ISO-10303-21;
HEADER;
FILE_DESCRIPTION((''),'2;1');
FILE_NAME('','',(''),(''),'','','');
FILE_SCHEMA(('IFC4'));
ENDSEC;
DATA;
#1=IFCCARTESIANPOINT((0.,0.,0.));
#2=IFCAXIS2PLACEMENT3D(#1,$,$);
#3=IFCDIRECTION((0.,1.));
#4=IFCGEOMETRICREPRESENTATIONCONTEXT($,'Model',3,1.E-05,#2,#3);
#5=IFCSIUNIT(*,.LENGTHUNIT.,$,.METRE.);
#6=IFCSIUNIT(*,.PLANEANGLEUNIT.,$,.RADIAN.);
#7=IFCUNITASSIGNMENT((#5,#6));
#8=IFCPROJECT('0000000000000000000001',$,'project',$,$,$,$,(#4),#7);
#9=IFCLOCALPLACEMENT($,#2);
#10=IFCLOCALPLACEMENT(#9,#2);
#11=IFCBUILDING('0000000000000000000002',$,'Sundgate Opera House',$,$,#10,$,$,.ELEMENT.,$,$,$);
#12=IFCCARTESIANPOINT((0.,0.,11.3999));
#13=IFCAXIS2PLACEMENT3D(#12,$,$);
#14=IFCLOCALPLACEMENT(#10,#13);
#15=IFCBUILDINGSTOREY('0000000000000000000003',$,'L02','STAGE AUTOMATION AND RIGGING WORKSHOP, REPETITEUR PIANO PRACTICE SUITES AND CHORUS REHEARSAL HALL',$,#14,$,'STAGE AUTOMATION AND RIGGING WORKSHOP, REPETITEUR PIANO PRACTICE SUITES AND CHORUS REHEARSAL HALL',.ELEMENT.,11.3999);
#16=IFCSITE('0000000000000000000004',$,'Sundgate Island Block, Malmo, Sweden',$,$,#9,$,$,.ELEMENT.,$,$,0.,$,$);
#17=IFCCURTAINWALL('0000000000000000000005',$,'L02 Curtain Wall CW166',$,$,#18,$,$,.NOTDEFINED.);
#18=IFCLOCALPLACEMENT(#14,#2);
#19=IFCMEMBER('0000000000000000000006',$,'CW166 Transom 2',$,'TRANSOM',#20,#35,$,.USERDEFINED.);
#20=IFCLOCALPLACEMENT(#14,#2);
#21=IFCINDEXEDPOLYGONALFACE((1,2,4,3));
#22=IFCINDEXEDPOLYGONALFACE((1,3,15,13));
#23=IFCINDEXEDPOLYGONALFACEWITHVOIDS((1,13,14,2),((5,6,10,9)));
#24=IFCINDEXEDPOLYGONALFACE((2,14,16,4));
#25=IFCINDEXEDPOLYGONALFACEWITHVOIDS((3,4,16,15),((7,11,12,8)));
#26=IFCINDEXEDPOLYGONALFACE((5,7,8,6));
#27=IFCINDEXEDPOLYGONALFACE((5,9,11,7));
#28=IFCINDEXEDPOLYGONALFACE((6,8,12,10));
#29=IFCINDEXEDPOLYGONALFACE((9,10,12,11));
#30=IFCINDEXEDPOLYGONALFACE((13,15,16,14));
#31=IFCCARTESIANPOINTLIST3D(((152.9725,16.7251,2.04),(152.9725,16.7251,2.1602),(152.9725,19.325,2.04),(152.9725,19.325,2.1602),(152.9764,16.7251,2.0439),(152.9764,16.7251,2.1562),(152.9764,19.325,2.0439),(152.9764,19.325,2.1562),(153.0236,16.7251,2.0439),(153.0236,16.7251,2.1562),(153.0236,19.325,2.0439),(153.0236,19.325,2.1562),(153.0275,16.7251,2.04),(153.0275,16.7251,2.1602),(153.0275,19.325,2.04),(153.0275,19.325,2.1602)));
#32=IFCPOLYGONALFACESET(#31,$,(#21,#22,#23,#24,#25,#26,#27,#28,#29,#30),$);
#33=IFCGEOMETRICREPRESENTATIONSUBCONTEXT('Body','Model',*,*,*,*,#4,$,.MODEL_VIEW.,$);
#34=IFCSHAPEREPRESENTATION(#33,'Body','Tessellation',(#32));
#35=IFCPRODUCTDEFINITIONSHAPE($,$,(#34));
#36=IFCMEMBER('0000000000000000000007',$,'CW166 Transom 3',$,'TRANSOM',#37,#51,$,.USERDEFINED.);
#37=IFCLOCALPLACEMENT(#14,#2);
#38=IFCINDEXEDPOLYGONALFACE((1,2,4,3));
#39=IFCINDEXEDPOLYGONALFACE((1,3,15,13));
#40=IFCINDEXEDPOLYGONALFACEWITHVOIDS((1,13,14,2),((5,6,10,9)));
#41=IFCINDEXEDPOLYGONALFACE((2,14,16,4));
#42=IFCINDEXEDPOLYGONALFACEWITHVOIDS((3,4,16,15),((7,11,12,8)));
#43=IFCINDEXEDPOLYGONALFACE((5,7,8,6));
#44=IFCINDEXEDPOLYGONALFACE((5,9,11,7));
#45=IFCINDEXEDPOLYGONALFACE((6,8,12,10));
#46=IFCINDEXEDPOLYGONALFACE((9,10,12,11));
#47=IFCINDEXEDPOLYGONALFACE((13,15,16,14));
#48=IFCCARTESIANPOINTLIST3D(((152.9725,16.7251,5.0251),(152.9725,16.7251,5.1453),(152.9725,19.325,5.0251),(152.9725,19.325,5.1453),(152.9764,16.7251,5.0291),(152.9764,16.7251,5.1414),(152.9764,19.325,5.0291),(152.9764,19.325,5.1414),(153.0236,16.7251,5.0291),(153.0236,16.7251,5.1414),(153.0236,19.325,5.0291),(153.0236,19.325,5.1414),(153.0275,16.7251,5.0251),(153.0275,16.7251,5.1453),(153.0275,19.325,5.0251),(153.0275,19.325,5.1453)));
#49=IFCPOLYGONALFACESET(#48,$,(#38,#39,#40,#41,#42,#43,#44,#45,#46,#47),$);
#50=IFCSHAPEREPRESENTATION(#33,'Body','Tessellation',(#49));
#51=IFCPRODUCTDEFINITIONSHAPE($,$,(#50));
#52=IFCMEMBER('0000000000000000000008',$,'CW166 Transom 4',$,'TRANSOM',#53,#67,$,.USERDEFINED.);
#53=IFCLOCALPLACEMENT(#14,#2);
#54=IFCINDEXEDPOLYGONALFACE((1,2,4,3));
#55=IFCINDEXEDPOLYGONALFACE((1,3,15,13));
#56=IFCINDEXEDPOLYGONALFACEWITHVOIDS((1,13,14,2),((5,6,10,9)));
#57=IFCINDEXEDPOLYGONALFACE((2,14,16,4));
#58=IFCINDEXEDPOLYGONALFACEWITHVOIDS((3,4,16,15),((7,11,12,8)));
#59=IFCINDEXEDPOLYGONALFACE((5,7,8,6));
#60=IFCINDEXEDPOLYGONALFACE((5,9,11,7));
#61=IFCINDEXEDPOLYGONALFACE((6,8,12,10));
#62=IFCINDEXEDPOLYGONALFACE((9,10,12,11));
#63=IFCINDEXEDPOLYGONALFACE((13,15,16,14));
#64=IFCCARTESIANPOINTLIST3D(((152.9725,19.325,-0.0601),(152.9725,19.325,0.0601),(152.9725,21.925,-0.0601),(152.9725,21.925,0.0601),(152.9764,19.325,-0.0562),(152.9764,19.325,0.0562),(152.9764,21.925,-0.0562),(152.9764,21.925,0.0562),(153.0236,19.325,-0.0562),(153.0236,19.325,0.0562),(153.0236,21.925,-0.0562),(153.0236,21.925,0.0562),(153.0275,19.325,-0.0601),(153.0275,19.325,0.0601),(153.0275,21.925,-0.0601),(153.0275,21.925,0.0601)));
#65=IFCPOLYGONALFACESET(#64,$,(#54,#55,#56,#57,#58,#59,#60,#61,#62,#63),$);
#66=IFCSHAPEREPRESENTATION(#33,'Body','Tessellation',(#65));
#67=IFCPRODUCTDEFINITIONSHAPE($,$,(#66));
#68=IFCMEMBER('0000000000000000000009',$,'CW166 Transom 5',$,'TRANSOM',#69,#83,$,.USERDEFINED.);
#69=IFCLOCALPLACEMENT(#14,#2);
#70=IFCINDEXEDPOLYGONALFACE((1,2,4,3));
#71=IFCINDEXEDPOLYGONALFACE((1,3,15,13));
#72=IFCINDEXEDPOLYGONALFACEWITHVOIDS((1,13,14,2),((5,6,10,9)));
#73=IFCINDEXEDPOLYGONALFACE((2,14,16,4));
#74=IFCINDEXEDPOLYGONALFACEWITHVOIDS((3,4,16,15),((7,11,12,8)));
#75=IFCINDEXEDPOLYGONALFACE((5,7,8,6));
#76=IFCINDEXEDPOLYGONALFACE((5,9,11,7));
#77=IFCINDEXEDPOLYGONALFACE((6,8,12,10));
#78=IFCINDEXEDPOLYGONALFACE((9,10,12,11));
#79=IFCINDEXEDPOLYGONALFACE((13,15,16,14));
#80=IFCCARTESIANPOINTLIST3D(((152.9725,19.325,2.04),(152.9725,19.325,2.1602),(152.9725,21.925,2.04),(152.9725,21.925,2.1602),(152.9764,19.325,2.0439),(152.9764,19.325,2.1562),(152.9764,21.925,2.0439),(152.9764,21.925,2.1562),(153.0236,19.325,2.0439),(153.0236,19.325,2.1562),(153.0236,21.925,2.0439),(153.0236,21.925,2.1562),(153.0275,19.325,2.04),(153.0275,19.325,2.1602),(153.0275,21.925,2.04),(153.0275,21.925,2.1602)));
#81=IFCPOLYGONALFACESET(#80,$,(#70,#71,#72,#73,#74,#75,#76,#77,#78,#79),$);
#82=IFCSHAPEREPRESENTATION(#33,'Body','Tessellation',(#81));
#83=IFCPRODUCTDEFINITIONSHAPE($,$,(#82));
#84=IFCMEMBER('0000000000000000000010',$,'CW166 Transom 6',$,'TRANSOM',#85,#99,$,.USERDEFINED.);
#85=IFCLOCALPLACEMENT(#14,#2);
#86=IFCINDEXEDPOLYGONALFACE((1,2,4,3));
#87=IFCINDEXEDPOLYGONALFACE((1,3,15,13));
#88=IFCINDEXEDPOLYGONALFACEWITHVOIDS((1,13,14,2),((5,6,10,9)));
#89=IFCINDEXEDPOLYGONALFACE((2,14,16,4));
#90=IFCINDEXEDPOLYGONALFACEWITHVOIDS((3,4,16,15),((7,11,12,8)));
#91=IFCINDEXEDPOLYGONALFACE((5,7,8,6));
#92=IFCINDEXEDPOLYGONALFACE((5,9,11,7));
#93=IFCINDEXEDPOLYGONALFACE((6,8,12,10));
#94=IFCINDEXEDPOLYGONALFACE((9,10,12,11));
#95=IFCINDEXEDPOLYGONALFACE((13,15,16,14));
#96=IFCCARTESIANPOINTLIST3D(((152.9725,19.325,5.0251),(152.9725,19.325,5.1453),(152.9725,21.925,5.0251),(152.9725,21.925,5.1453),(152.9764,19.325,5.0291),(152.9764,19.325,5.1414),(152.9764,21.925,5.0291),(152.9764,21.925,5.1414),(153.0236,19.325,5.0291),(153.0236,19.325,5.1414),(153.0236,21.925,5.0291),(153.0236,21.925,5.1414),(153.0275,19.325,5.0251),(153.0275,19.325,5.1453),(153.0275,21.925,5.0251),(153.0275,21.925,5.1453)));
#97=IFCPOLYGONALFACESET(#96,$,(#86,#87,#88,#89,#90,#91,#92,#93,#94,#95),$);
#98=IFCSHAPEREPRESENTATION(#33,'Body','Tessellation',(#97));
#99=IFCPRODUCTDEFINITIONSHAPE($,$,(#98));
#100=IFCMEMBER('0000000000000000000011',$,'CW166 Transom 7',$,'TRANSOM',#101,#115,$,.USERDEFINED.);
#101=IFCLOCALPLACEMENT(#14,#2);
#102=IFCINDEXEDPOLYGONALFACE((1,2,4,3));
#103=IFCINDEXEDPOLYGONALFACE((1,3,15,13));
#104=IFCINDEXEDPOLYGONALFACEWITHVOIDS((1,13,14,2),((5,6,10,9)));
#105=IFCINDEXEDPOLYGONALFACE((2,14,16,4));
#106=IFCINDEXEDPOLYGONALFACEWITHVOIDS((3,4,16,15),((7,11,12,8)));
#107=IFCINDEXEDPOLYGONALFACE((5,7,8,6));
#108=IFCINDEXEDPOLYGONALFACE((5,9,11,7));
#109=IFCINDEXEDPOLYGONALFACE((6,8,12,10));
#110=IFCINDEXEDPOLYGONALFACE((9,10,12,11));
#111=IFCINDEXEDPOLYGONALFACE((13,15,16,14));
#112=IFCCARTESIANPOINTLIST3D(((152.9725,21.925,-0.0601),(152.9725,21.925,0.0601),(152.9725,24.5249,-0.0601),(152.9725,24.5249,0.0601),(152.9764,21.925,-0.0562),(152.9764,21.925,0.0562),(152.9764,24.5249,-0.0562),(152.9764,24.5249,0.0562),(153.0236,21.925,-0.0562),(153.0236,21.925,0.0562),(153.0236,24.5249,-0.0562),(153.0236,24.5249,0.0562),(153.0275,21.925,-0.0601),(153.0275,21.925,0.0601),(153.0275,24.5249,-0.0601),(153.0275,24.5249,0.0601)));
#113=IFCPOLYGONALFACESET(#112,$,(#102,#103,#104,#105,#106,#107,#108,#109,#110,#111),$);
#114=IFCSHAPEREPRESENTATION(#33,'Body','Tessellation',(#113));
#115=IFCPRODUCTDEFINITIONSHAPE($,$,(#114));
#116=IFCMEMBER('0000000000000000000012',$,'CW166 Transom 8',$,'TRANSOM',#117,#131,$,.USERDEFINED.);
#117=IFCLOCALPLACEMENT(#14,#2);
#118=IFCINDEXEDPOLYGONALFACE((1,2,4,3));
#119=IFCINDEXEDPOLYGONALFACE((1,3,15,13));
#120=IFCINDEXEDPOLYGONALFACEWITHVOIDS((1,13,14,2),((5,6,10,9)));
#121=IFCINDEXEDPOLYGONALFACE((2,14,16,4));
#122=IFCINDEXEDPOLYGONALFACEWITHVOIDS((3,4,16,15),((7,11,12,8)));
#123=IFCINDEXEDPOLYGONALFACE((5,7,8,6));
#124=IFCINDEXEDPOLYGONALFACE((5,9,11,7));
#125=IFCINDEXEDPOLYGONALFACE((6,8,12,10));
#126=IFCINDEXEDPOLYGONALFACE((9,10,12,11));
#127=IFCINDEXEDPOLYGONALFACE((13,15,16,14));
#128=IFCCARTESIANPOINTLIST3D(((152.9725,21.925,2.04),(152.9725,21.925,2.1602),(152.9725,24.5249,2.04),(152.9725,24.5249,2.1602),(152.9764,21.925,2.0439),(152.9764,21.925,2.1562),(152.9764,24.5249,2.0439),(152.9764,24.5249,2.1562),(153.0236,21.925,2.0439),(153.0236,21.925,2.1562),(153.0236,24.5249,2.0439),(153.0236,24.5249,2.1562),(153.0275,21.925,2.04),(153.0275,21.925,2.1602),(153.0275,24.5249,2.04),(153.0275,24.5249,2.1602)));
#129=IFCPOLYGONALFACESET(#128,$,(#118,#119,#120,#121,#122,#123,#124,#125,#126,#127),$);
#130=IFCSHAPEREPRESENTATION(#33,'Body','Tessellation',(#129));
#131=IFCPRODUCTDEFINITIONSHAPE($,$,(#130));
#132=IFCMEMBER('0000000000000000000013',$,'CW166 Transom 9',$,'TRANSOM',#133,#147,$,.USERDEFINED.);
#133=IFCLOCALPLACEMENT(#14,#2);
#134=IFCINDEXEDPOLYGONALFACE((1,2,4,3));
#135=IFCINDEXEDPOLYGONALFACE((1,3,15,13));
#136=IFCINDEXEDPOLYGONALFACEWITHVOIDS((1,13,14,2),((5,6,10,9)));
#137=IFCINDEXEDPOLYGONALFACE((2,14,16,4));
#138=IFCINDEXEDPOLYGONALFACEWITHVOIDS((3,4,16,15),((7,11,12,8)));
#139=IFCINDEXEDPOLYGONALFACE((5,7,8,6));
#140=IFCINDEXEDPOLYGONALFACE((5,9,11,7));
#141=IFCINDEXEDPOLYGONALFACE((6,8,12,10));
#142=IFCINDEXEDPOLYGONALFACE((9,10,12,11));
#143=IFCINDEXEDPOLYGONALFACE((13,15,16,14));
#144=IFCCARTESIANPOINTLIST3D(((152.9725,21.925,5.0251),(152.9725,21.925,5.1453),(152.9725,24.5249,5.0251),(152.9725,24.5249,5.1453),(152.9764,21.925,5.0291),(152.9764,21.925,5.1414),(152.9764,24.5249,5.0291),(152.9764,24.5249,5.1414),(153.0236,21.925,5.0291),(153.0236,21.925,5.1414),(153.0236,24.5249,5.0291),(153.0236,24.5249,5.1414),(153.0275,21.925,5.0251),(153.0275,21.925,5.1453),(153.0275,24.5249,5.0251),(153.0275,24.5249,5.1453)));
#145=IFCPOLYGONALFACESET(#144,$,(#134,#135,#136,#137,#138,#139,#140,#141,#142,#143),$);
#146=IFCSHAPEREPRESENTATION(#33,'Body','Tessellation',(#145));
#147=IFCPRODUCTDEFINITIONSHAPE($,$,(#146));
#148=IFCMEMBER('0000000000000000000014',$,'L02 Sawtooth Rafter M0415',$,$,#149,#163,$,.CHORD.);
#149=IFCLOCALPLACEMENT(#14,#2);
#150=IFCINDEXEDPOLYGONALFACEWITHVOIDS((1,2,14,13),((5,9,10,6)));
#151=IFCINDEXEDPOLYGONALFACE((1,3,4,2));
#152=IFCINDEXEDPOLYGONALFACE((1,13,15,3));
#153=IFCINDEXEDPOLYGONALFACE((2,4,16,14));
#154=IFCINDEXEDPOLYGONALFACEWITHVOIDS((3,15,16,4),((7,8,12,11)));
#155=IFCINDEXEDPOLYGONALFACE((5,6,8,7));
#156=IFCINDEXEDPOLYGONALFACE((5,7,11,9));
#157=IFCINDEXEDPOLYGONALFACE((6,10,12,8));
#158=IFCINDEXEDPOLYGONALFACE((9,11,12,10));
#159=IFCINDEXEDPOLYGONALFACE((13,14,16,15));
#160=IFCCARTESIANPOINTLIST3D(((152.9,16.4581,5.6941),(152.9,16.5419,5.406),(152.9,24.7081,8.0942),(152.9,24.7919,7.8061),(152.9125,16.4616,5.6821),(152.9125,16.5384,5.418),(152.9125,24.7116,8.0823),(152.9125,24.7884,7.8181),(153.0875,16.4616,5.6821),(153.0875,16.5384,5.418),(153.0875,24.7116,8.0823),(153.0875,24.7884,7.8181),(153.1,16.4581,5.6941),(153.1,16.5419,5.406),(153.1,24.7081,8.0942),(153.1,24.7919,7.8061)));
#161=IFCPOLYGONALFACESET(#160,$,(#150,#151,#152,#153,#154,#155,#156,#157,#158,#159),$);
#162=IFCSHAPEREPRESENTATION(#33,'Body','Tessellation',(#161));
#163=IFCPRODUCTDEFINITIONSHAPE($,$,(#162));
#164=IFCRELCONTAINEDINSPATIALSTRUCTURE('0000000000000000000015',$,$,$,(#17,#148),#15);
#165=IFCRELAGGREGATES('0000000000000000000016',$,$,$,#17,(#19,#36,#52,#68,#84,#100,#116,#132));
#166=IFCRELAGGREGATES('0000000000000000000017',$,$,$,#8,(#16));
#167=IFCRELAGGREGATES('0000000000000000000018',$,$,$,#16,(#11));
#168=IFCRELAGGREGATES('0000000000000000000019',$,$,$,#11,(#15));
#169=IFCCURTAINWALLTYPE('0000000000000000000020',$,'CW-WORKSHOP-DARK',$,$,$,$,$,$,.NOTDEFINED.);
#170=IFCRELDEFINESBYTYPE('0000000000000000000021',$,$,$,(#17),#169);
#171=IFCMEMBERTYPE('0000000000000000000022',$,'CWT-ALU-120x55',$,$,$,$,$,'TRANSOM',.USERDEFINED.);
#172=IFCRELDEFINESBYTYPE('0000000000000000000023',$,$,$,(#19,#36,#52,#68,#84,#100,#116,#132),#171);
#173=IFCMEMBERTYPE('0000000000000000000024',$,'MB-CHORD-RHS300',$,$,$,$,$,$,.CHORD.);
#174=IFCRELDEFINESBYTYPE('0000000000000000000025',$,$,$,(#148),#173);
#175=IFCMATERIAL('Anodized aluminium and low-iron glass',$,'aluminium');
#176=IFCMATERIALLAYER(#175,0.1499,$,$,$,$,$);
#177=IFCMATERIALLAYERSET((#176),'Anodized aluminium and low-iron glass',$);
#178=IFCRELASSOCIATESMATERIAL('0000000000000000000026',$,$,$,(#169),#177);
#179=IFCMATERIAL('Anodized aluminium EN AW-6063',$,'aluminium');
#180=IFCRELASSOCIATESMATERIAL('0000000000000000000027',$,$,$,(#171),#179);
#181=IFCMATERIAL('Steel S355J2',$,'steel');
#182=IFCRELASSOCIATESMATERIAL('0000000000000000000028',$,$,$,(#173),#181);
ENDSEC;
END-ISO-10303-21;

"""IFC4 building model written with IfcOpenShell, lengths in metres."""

from ifc_helpers import new_model, si_unit, direction, frame, origin, origin_2d, place, context, subcontext, project, spatial, hollow_rectangle, extrude, material, layer, layer_set, material_profile, profile_set, type_object, element, aggregate, save


model = new_model("IFC4")

# Units and contexts
model_context = context("Model", 3, precision=1e-05, world=origin(), true_north=direction((0.0, 1.0)))
body_context = subcontext(model_context, "Body", "Model", "MODEL_VIEW")
ifc_project = project(units=[si_unit("LENGTHUNIT", "METRE"), si_unit("PLANEANGLEUNIT", "RADIAN")], contexts=[model_context])

# Site, building, storey
site_placement = place(None, origin())
site = spatial("IfcSite", under=ifc_project, at=site_placement, Name="Sundgate Island Block, Malmo, Sweden", CompositionType="ELEMENT", RefElevation=0.0)
building_placement = place(site_placement, origin())
building = spatial("IfcBuilding", under=site, at=building_placement, Name="Sundgate Opera House", CompositionType="ELEMENT")
storey_placement = place(building_placement, frame((0.0, 0.0, 11.3999)))
storey = spatial("IfcBuildingStorey", under=building, at=storey_placement, Name="L02", Description="STAGE AUTOMATION AND RIGGING WORKSHOP, REPETITEUR PIANO PRACTICE SUITES AND CHORUS REHEARSAL HALL", LongName="STAGE AUTOMATION AND RIGGING WORKSHOP, REPETITEUR PIANO PRACTICE SUITES AND CHORUS REHEARSAL HALL", CompositionType="ELEMENT", Elevation=11.3999)

# Shared definitions
ifc_material_1 = material(Name="Anodized aluminium and low-iron glass", Category="aluminium")
ifc_layer_1 = layer(ifc_material_1, 0.1499)
ifc_layer_set_1 = layer_set([ifc_layer_1], Name="Anodized aluminium and low-iron glass")
curtain_wall_type = type_object("IfcCurtainWallType", Name="CW-WORKSHOP-DARK", PredefinedType="NOTDEFINED", material=ifc_layer_set_1)

# Curtain wall
curtain_wall_1_placement = place(storey_placement, origin())
curtain_wall_1 = element("IfcCurtainWall", 1, at=curtain_wall_1_placement, inside=storey, type_object=curtain_wall_type, Name="L02 Curtain Wall CW166", PredefinedType="NOTDEFINED")

# Members
ifc_material_2 = material(Name="Anodized aluminium EN AW-6063", Category="aluminium")
ifc_material_profile_1 = material_profile(ifc_material_2, hollow_rectangle(XDim=0.0549, YDim=0.1201, WallThickness=0.0039, at=origin_2d()), Name="CWT 120x55x4")
ifc_profile_set_1 = profile_set([ifc_material_profile_1], Name="Anodized aluminium EN AW-6063")
member_type_1 = type_object("IfcMemberType", Name="CWT-ALU-120x55", ElementType="TRANSOM", PredefinedType="USERDEFINED", material=ifc_profile_set_1)
member_1_placement = place(storey_placement, frame((153.0, 16.7251, 2.1001), z_axis=(0.0, 1.0, 0.0), x_axis=(-1.0, 0.0, 0.0)))
member_1 = element("IfcMember", 2, at=member_1_placement, type_object=member_type_1, Name="CW166 Transom 2", ObjectType="TRANSOM", PredefinedType="USERDEFINED", context=body_context, shape_type="SweptSolid", body=[
    extrude(hollow_rectangle(XDim=0.0549, YDim=0.1201, WallThickness=0.0039, at=origin_2d()), origin(), (0.0, 0.0, 1.0), 2.5999),
])
member_2_placement = place(storey_placement, frame((153.0, 16.7251, 5.0852), z_axis=(0.0, 1.0, 0.0), x_axis=(-1.0, 0.0, 0.0)))
member_2 = element("IfcMember", 3, at=member_2_placement, type_object=member_type_1, Name="CW166 Transom 3", ObjectType="TRANSOM", PredefinedType="USERDEFINED", context=body_context, shape_type="SweptSolid", body=[
    extrude(hollow_rectangle(XDim=0.0549, YDim=0.1201, WallThickness=0.0039, at=origin_2d()), origin(), (0.0, 0.0, 1.0), 2.5999),
])
member_3_placement = place(storey_placement, frame((153.0, 19.325, 0.0), z_axis=(0.0, 1.0, 0.0), x_axis=(-1.0, 0.0, 0.0)))
member_3 = element("IfcMember", 4, at=member_3_placement, type_object=member_type_1, Name="CW166 Transom 4", ObjectType="TRANSOM", PredefinedType="USERDEFINED", context=body_context, shape_type="SweptSolid", body=[
    extrude(hollow_rectangle(XDim=0.0549, YDim=0.1201, WallThickness=0.0039, at=origin_2d()), origin(), (0.0, 0.0, 1.0), 2.6001),
])
member_4_placement = place(storey_placement, frame((153.0, 19.325, 2.1001), z_axis=(0.0, 1.0, 0.0), x_axis=(-1.0, 0.0, 0.0)))
member_4 = element("IfcMember", 5, at=member_4_placement, type_object=member_type_1, Name="CW166 Transom 5", ObjectType="TRANSOM", PredefinedType="USERDEFINED", context=body_context, shape_type="SweptSolid", body=[
    extrude(hollow_rectangle(XDim=0.0549, YDim=0.1201, WallThickness=0.0039, at=origin_2d()), origin(), (0.0, 0.0, 1.0), 2.6001),
])
member_5_placement = place(storey_placement, frame((153.0, 19.325, 5.0852), z_axis=(0.0, 1.0, 0.0), x_axis=(-1.0, 0.0, 0.0)))
member_5 = element("IfcMember", 6, at=member_5_placement, type_object=member_type_1, Name="CW166 Transom 6", ObjectType="TRANSOM", PredefinedType="USERDEFINED", context=body_context, shape_type="SweptSolid", body=[
    extrude(hollow_rectangle(XDim=0.0549, YDim=0.1201, WallThickness=0.0039, at=origin_2d()), origin(), (0.0, 0.0, 1.0), 2.6001),
])
member_6_placement = place(storey_placement, frame((153.0, 21.925, 0.0), z_axis=(0.0, 1.0, 0.0), x_axis=(-1.0, 0.0, 0.0)))
member_6 = element("IfcMember", 7, at=member_6_placement, type_object=member_type_1, Name="CW166 Transom 7", ObjectType="TRANSOM", PredefinedType="USERDEFINED", context=body_context, shape_type="SweptSolid", body=[
    extrude(hollow_rectangle(XDim=0.0549, YDim=0.1201, WallThickness=0.0039, at=origin_2d()), origin(), (0.0, 0.0, 1.0), 2.5999),
])
member_7_placement = place(storey_placement, frame((153.0, 21.925, 2.1001), z_axis=(0.0, 1.0, 0.0), x_axis=(-1.0, 0.0, 0.0)))
member_7 = element("IfcMember", 8, at=member_7_placement, type_object=member_type_1, Name="CW166 Transom 8", ObjectType="TRANSOM", PredefinedType="USERDEFINED", context=body_context, shape_type="SweptSolid", body=[
    extrude(hollow_rectangle(XDim=0.0549, YDim=0.1201, WallThickness=0.0039, at=origin_2d()), origin(), (0.0, 0.0, 1.0), 2.5999),
])
member_8_placement = place(storey_placement, frame((153.0, 21.925, 5.0852), z_axis=(0.0, 1.0, 0.0), x_axis=(-1.0, 0.0, 0.0)))
member_8 = element("IfcMember", 9, at=member_8_placement, type_object=member_type_1, Name="CW166 Transom 9", ObjectType="TRANSOM", PredefinedType="USERDEFINED", context=body_context, shape_type="SweptSolid", body=[
    extrude(hollow_rectangle(XDim=0.0549, YDim=0.1201, WallThickness=0.0039, at=origin_2d()), origin(), (0.0, 0.0, 1.0), 2.5999),
])

# Member
ifc_material_3 = material(Name="Steel S355J2", Category="steel")
ifc_material_profile_2 = material_profile(ifc_material_3, hollow_rectangle(XDim=0.2, YDim=0.3, WallThickness=0.0125, at=origin_2d()), Name="RHS 300x200x12.5")
ifc_profile_set_2 = profile_set([ifc_material_profile_2], Name="Steel S355J2")
member_type_2 = type_object("IfcMemberType", Name="MB-CHORD-RHS300", PredefinedType="CHORD", material=ifc_profile_set_2)
member_9_placement = place(storey_placement, frame((153.0, 16.5, 5.55), z_axis=(0.0, 0.960191, 0.279345), x_axis=(-1.0, 0.0, 0.0)))
element("IfcMember", 10, at=member_9_placement, inside=storey, type_object=member_type_2, Name="L02 Sawtooth Rafter M0415", PredefinedType="CHORD", context=body_context, shape_type="SweptSolid", body=[
    extrude(hollow_rectangle(XDim=0.2, YDim=0.3, WallThickness=0.0125, at=origin_2d()), origin(), (0.0, 0.0, 1.0), 8.592),
])

aggregate(curtain_wall_1, [member_1, member_2, member_3, member_4, member_5, member_6, member_7, member_8])

save(model, "model.ifc")
